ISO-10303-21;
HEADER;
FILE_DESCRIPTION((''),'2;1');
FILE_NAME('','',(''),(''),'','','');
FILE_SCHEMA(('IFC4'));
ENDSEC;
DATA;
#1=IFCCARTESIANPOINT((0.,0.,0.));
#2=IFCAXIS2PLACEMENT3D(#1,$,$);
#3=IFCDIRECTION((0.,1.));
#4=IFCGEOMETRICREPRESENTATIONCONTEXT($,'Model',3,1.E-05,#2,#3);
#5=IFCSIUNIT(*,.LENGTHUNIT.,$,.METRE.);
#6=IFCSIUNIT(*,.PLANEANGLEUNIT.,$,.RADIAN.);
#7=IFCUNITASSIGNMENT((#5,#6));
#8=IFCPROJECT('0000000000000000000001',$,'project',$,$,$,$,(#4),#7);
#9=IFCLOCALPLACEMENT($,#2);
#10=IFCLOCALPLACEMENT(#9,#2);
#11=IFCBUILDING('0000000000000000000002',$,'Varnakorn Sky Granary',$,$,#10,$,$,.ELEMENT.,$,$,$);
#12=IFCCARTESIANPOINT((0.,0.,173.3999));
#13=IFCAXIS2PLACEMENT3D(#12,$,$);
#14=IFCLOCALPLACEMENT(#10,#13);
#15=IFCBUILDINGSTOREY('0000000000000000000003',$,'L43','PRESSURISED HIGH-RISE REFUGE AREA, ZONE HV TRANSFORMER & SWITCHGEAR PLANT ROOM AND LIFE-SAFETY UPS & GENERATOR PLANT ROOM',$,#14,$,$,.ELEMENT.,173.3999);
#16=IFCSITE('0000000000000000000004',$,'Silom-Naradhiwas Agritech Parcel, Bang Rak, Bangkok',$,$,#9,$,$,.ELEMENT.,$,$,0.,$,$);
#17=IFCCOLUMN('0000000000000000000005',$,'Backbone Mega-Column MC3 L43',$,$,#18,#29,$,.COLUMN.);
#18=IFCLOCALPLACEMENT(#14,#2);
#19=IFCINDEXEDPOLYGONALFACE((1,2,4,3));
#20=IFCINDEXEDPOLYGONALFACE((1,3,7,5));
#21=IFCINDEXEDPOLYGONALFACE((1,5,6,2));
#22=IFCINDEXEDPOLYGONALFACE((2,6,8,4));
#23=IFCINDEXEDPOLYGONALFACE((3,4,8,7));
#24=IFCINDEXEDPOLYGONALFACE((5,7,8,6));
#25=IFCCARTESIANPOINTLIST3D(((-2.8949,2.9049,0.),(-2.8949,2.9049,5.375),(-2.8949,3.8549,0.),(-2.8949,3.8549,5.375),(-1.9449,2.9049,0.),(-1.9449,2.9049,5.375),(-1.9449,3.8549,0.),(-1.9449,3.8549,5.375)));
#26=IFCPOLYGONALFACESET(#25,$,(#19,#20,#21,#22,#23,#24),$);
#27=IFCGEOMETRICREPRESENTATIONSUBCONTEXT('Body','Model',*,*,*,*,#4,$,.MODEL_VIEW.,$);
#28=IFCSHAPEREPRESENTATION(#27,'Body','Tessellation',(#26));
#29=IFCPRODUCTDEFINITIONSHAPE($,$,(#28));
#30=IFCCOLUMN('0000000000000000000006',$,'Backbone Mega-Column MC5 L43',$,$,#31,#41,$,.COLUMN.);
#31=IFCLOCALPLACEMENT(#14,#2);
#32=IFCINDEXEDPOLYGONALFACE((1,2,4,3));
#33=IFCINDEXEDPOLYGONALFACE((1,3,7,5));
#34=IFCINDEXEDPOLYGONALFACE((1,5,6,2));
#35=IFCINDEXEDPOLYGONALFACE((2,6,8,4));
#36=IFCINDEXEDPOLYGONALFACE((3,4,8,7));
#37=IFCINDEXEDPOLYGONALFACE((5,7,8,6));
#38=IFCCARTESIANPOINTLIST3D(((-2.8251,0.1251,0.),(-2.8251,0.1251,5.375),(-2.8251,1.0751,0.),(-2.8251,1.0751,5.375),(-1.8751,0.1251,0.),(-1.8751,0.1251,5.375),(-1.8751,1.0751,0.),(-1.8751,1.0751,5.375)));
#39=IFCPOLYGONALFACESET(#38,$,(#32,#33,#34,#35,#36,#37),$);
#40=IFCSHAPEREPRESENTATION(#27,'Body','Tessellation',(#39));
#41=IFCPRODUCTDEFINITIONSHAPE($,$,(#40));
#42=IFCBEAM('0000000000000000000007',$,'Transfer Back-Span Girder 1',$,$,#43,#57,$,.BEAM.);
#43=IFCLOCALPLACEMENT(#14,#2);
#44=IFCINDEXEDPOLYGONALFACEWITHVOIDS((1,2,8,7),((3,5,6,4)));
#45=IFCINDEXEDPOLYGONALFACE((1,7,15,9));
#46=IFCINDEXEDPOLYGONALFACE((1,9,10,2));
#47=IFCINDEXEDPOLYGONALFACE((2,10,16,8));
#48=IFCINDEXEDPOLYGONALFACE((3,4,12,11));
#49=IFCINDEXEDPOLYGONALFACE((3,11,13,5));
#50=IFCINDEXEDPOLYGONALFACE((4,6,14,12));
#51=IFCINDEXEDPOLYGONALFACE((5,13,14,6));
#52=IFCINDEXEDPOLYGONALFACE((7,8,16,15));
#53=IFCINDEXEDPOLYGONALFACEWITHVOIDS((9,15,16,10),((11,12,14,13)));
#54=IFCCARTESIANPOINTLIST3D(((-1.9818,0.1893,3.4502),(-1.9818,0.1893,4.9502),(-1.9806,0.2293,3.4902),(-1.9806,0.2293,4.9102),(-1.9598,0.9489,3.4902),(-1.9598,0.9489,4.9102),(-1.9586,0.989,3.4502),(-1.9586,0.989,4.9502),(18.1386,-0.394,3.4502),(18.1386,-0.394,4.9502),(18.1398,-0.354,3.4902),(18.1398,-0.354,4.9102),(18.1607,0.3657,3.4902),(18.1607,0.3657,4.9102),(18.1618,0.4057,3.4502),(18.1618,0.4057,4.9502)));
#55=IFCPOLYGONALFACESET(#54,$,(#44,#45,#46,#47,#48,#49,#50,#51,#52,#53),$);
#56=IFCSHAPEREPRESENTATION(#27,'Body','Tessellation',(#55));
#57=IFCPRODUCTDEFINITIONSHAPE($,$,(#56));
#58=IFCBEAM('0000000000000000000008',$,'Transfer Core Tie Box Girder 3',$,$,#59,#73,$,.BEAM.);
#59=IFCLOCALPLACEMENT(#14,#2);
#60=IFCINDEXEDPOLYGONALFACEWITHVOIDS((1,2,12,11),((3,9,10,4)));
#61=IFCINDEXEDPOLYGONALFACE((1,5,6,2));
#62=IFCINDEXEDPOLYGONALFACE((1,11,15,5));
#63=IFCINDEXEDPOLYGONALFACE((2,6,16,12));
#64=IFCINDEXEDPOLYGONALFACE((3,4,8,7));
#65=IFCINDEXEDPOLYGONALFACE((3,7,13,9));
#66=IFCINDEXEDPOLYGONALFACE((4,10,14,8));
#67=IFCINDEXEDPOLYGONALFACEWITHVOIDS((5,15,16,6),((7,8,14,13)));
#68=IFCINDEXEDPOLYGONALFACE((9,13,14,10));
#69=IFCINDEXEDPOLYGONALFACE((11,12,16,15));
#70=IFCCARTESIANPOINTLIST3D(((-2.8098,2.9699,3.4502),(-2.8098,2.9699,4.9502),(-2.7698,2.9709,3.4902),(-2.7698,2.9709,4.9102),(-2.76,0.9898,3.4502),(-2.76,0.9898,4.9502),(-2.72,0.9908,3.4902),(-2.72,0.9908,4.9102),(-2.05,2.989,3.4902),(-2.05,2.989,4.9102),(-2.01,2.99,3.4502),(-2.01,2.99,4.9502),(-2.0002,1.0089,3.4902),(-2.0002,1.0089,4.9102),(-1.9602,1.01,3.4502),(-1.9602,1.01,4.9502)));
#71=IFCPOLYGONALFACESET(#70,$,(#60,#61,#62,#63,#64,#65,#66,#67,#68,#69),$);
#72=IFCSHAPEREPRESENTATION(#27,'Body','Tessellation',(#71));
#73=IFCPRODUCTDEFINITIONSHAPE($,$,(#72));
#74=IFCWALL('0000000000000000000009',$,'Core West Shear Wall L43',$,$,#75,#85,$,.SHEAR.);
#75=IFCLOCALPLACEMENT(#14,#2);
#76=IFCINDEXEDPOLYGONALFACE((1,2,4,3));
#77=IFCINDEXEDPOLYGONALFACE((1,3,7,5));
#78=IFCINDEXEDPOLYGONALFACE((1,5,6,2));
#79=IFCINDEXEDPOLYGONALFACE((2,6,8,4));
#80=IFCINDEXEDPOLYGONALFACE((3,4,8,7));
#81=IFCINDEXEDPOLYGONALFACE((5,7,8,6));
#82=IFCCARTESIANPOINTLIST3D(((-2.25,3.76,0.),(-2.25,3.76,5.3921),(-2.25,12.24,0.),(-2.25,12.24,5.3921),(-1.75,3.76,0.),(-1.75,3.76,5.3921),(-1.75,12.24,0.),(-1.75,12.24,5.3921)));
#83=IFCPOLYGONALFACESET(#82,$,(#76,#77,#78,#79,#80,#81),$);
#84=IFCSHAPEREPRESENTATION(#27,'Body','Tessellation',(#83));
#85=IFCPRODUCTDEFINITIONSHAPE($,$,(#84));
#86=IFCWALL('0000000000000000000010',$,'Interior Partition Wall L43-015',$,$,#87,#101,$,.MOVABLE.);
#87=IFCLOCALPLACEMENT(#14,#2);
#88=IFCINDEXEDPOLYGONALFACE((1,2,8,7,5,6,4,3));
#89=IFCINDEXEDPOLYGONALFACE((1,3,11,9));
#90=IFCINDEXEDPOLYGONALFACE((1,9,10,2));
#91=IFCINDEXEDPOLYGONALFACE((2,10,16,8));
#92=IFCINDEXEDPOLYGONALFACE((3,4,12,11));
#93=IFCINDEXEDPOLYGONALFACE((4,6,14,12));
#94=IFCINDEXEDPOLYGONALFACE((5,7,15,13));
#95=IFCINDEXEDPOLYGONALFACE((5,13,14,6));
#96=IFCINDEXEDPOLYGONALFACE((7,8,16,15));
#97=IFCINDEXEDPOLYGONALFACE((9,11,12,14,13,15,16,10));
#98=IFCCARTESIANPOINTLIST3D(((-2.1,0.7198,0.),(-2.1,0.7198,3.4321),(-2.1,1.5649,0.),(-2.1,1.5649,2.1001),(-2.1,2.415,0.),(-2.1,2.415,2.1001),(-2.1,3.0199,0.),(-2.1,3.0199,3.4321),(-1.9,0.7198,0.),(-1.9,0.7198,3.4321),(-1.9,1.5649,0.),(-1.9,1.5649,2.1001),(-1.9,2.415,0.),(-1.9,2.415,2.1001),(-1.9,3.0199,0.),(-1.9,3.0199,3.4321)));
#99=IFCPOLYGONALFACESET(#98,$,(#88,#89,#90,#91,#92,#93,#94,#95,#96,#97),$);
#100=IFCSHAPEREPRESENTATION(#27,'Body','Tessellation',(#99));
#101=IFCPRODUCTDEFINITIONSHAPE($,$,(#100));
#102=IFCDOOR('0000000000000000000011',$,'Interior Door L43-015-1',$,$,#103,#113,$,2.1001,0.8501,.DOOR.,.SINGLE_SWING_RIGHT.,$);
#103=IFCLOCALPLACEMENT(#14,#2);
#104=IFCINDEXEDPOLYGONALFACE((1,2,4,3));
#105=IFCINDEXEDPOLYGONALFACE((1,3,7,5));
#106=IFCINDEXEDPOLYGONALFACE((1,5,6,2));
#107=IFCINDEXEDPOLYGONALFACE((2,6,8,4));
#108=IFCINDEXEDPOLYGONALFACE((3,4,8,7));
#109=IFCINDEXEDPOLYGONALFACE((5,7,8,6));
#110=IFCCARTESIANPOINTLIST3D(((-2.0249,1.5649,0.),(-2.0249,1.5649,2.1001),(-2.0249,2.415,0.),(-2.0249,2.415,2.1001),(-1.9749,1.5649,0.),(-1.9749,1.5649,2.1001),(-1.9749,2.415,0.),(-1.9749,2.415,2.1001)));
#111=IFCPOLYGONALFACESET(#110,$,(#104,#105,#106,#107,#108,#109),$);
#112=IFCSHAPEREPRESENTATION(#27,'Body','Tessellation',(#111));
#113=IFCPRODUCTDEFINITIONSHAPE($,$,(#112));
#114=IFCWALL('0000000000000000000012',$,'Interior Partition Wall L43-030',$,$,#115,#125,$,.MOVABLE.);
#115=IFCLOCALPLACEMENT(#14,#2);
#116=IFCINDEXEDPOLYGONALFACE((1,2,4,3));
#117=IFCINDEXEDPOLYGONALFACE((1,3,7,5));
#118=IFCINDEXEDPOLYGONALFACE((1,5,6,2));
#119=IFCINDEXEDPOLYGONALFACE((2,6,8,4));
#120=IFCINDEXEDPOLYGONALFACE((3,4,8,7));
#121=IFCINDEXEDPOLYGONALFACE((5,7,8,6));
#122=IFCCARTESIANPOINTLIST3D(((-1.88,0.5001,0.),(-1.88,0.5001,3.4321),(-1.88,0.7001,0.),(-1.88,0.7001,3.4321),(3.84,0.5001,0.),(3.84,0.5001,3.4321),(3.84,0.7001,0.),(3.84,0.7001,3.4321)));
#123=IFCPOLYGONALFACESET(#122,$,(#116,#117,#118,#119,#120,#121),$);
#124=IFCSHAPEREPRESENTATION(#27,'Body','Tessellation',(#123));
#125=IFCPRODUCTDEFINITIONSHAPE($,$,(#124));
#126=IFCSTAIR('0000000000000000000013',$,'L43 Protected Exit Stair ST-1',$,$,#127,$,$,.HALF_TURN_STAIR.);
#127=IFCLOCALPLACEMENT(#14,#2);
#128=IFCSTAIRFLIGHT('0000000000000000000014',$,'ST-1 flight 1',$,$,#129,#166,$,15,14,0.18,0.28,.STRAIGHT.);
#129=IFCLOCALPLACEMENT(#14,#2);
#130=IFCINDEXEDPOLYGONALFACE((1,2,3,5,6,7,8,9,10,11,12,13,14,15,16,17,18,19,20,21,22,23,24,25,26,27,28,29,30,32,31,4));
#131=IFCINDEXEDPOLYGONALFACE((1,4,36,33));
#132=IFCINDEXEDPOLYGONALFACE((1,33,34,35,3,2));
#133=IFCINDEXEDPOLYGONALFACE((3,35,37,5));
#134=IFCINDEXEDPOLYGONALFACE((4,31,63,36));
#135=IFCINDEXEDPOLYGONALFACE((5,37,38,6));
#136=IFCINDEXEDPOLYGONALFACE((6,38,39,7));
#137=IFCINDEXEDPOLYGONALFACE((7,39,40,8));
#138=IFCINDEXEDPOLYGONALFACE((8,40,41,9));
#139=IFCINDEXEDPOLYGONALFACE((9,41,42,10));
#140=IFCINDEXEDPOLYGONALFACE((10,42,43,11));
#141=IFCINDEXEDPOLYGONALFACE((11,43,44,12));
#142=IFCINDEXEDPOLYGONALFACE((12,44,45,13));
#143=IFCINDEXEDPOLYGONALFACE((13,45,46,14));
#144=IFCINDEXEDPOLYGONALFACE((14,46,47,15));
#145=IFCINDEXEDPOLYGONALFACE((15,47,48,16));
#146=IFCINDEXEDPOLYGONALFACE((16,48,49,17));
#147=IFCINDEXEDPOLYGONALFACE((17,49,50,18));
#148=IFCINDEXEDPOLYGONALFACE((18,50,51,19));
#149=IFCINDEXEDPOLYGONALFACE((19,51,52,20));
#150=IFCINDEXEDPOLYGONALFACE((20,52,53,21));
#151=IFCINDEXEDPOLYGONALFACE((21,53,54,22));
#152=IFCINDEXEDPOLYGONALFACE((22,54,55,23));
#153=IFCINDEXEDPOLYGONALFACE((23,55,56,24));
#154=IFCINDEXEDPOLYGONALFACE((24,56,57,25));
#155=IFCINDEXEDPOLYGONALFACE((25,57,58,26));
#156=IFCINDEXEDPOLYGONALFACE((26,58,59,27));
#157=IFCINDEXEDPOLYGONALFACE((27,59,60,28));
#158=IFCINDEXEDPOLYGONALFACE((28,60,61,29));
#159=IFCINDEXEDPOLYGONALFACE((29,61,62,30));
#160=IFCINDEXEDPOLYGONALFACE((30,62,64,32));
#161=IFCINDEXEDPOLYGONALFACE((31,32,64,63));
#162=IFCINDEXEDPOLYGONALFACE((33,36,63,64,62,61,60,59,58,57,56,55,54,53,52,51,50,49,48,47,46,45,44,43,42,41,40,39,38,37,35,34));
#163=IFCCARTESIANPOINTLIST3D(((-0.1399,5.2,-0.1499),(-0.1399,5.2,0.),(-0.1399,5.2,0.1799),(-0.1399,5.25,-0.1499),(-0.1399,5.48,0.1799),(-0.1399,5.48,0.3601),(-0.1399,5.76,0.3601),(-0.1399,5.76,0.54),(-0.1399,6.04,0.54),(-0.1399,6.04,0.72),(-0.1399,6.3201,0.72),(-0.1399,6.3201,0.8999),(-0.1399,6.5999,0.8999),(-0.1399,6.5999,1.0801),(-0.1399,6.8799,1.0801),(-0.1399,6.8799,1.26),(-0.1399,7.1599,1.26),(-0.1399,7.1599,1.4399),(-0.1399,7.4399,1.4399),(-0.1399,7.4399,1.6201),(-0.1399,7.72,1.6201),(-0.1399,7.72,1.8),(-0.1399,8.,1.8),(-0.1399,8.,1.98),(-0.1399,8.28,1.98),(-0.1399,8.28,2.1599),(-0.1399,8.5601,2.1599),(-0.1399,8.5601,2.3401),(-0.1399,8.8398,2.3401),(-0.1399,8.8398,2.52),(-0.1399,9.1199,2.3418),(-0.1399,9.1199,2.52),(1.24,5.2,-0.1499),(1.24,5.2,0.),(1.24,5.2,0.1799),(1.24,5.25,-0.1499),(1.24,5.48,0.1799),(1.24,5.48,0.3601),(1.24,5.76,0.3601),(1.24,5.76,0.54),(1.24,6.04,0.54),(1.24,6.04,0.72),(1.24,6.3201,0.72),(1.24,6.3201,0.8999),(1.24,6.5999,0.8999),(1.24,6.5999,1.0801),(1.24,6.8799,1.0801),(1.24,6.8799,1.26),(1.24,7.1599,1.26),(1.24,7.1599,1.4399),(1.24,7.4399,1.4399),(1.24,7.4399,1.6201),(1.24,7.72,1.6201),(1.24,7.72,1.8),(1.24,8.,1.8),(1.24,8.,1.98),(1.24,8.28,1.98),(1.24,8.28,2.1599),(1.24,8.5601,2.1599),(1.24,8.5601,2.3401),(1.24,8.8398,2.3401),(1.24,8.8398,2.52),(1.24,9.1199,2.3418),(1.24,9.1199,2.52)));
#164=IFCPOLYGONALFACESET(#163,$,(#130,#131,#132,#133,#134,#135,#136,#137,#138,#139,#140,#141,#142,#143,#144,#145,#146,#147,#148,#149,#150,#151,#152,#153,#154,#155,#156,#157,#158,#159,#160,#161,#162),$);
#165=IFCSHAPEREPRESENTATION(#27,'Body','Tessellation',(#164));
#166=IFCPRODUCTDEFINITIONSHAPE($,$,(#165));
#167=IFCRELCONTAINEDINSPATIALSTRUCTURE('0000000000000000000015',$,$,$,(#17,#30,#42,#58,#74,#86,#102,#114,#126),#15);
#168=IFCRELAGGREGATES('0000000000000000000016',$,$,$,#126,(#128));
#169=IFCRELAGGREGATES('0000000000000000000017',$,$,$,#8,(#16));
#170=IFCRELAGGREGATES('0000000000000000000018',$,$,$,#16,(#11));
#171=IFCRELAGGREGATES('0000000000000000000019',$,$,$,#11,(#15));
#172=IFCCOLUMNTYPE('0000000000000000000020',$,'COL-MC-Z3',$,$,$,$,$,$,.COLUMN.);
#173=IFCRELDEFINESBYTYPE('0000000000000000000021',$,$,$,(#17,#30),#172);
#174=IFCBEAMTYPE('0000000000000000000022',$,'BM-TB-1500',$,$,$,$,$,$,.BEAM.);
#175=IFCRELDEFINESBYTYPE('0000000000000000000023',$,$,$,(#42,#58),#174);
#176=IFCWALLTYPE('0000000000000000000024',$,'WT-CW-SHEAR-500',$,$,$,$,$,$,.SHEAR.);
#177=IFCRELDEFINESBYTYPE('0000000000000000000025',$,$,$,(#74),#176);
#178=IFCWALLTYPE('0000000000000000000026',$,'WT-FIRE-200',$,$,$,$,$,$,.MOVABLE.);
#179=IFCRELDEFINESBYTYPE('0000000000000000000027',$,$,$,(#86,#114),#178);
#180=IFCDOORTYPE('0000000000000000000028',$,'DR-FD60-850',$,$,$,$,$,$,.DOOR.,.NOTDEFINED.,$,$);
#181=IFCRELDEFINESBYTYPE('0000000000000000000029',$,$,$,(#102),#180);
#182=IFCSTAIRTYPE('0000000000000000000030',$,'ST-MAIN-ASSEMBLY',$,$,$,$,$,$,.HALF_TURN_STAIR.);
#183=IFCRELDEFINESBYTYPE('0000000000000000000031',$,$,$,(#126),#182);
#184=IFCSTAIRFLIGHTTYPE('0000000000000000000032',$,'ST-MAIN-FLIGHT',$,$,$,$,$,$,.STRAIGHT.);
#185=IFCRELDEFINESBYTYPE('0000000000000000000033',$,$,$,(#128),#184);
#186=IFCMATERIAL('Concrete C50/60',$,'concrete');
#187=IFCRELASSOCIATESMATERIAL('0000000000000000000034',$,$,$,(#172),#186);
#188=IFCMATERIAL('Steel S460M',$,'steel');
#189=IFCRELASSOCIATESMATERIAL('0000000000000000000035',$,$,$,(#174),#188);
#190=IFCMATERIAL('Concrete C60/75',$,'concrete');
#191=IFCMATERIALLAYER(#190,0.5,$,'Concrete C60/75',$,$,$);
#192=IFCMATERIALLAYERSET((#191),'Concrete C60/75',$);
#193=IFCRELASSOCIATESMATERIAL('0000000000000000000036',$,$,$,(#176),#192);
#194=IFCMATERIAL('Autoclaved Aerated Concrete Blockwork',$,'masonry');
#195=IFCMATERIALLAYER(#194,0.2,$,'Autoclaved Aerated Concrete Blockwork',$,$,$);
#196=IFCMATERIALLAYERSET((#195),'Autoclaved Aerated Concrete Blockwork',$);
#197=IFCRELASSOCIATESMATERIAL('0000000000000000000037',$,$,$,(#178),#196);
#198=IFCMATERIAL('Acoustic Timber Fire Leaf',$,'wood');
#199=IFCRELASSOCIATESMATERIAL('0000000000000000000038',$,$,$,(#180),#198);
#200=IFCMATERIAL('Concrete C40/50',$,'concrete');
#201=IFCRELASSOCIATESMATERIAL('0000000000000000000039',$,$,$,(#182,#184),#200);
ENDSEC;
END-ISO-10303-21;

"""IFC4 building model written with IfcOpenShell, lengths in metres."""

from ifc_helpers import new_model, si_unit, direction, frame, frame_2d, origin, origin_2d, place, context, subcontext, project, spatial, polyline, rectangle, hollow_rectangle, outline, extrude, material, layer, layer_set, material_profile, profile_set, type_object, element, fill, aggregate, save


model = new_model("IFC4")

# Units and contexts
model_context = context("Model", 3, precision=1e-05, world=origin(), true_north=direction((0.0, 1.0)))
body_context = subcontext(model_context, "Body", "Model", "MODEL_VIEW")
ifc_project = project(units=[si_unit("LENGTHUNIT", "METRE"), si_unit("PLANEANGLEUNIT", "RADIAN")], contexts=[model_context])

# Site, building, storey
site_placement = place(None, origin())
site = spatial("IfcSite", under=ifc_project, at=site_placement, Name="Silom-Naradhiwas Agritech Parcel, Bang Rak, Bangkok", CompositionType="ELEMENT", RefElevation=0.0)
building_placement = place(site_placement, origin())
building = spatial("IfcBuilding", under=site, at=building_placement, Name="Varnakorn Sky Granary", CompositionType="ELEMENT")
storey_placement = place(building_placement, frame((0.0, 0.0, 173.3999)))
storey = spatial("IfcBuildingStorey", under=building, at=storey_placement, Name="L43", Description="PRESSURISED HIGH-RISE REFUGE AREA, ZONE HV TRANSFORMER & SWITCHGEAR PLANT ROOM AND LIFE-SAFETY UPS & GENERATOR PLANT ROOM", CompositionType="ELEMENT", Elevation=173.3999)

# Columns
ifc_material_1 = material(Name="Concrete C50/60", Category="concrete")
ifc_material_profile_1 = material_profile(ifc_material_1, rectangle(XDim=0.95, YDim=0.95, at=origin_2d()), Name="RC 950x950")
ifc_profile_set_1 = profile_set([ifc_material_profile_1], Name="Concrete C50/60")
column_type = type_object("IfcColumnType", Name="COL-MC-Z3", PredefinedType="COLUMN", material=ifc_profile_set_1)
for number, where, z_axis, x_axis, name in (
    (1, (-2.4199, 3.3799, 0.0), (0.0, 0.0, 1.0), (1.0, 0.0, 0.0), "Backbone Mega-Column MC3 L43"),
    (2, (-2.3501, 0.6001, 0.0), (0.0, 0.0, 1.0), (1.0, 0.0, 0.0), "Backbone Mega-Column MC5 L43"),
):
    element("IfcColumn", number, at=place(storey_placement, frame(where, z_axis=z_axis, x_axis=x_axis)), inside=storey, type_object=column_type, Name=name, PredefinedType="COLUMN", context=body_context, shape_type="SweptSolid", body=[
        extrude(rectangle(XDim=0.95, YDim=0.95, at=origin_2d()), origin(), (0.0, 0.0, 1.0), 5.375),
    ])

# Beams
ifc_material_2 = material(Name="Steel S460M", Category="steel")
ifc_material_profile_2 = material_profile(ifc_material_2, hollow_rectangle(XDim=0.8, YDim=1.5, WallThickness=0.04, at=origin_2d()), Name="BOX 800x1500x40")
ifc_profile_set_2 = profile_set([ifc_material_profile_2], Name="Steel S460M")
beam_type = type_object("IfcBeamType", Name="BM-TB-1500", PredefinedType="BEAM", material=ifc_profile_set_2)
beam_1_placement = place(storey_placement, frame((-1.9702, 0.5891, 4.2002), z_axis=(0.99958, -0.028976, 0.0), x_axis=(0.028976, 0.99958, 0.0)))
element("IfcBeam", 3, at=beam_1_placement, inside=storey, type_object=beam_type, Name="Transfer Back-Span Girder 1", PredefinedType="BEAM", context=body_context, shape_type="SweptSolid", body=[
    extrude(hollow_rectangle(XDim=0.8, YDim=1.5, WallThickness=0.04, at=origin_2d()), origin(), (0.0, 0.0, 1.0), 20.1289),
])
beam_2_placement = place(storey_placement, frame((-2.4099, 2.98, 4.2002), z_axis=(0.025146, -0.999684, 0.0), x_axis=(0.999684, 0.025146, 0.0)))
element("IfcBeam", 4, at=beam_2_placement, inside=storey, type_object=beam_type, Name="Transfer Core Tie Box Girder 3", PredefinedType="BEAM", context=body_context, shape_type="SweptSolid", body=[
    extrude(hollow_rectangle(XDim=0.8, YDim=1.5, WallThickness=0.04, at=origin_2d()), origin(), (0.0, 0.0, 1.0), 1.9807),
])

# Shared definitions
ifc_material_3 = material(Name="Concrete C60/75", Category="concrete")
ifc_layer_1 = layer(ifc_material_3, 0.5, Name="Concrete C60/75")
ifc_layer_set_1 = layer_set([ifc_layer_1], Name="Concrete C60/75")
wall_type_1 = type_object("IfcWallType", Name="WT-CW-SHEAR-500", PredefinedType="SHEAR", material=ifc_layer_set_1)

# Wall
wall_1_placement = place(storey_placement, frame((-2.0, 3.76, 0.0), z_axis=(0.0, 0.0, 1.0), x_axis=(0.0, 1.0, 0.0)))
element("IfcWall", 5, at=wall_1_placement, inside=storey, type_object=wall_type_1, Name="Core West Shear Wall L43", PredefinedType="SHEAR", context=body_context, shape_type="SweptSolid", body=[
    extrude(rectangle(XDim=8.48, YDim=0.5, at=frame_2d((4.24, 0.0))), origin(), (0.0, 0.0, 1.0), 5.3921),
])

# Wall, opening, door
ifc_material_4 = material(Name="Autoclaved Aerated Concrete Blockwork", Category="masonry")
ifc_layer_2 = layer(ifc_material_4, 0.2, Name="Autoclaved Aerated Concrete Blockwork")
ifc_layer_set_2 = layer_set([ifc_layer_2], Name="Autoclaved Aerated Concrete Blockwork")
wall_type_2 = type_object("IfcWallType", Name="WT-FIRE-200", PredefinedType="MOVABLE", material=ifc_layer_set_2)
wall_2_placement = place(storey_placement, frame((-2.0, 0.72, 0.0), z_axis=(0.0, 0.0, 1.0), x_axis=(0.0, 1.0, 0.0)))
wall_2 = element("IfcWall", 6, at=wall_2_placement, inside=storey, type_object=wall_type_2, Name="Interior Partition Wall L43-015", PredefinedType="MOVABLE", context=body_context, shape_type="SweptSolid", body=[
    extrude(rectangle(XDim=2.3, YDim=0.2, at=frame_2d((1.1499, 0.0))), origin(), (0.0, 0.0, 1.0), 3.4321),
])
opening_1_placement = place(wall_2_placement, frame((0.845, 0.0, 0.0)))
opening_1 = element("IfcOpeningElement", 7, at=opening_1_placement, cuts=wall_2, PredefinedType="OPENING", context=body_context, shape_type="SweptSolid", body=[
    extrude(rectangle(XDim=0.8501, YDim=2.1001, at=frame_2d((0.425, 1.05))), frame((0.0, 0.1099, 0.0), z_axis=(0.0, -1.0, 0.0), x_axis=(1.0, 0.0, 0.0)), (0.0, 0.0, 1.0), 0.22),
])
ifc_material_5 = material(Name="Acoustic Timber Fire Leaf", Category="wood")
door_type_1 = type_object("IfcDoorType", Name="DR-FD60-850", OperationType="NOTDEFINED", PredefinedType="DOOR", material=ifc_material_5)
door_1_placement = place(opening_1_placement, origin())
door_1 = element("IfcDoor", 8, at=door_1_placement, inside=storey, type_object=door_type_1, Name="Interior Door L43-015-1", OperationType="SINGLE_SWING_RIGHT", OverallHeight=2.1001, OverallWidth=0.8501, PredefinedType="DOOR", context=body_context, shape_type="SweptSolid", body=[
    extrude(rectangle(XDim=0.8501, YDim=2.1001, at=frame_2d((0.425, 1.05))), frame((0.0, 0.0249, 0.0), z_axis=(0.0, -1.0, 0.0), x_axis=(1.0, 0.0, 0.0)), (0.0, 0.0, 1.0), 0.05),
])
fill(opening_1, door_1)

# Wall
wall_3_placement = place(storey_placement, frame((-1.8799, 0.6001, 0.0), z_axis=(0.0, 0.0, 1.0), x_axis=(1.0, 0.0, 0.0)))
element("IfcWall", 9, at=wall_3_placement, inside=storey, type_object=wall_type_2, Name="Interior Partition Wall L43-030", PredefinedType="MOVABLE", context=body_context, shape_type="SweptSolid", body=[
    extrude(rectangle(XDim=5.72, YDim=0.2, at=frame_2d((2.8599, 0.0))), origin(), (0.0, 0.0, 1.0), 3.4321),
])

# Stair, stair flight
ifc_material_6 = material(Name="Concrete C40/50", Category="concrete")
stair_type = type_object("IfcStairType", Name="ST-MAIN-ASSEMBLY", PredefinedType="HALF_TURN_STAIR", material=ifc_material_6)
stair_placement = place(storey_placement, origin())
stair = element("IfcStair", 10, at=stair_placement, inside=storey, type_object=stair_type, Name="L43 Protected Exit Stair ST-1", PredefinedType="HALF_TURN_STAIR")
stair_flight_type = type_object("IfcStairFlightType", Name="ST-MAIN-FLIGHT", PredefinedType="STRAIGHT", material=ifc_material_6)
stair_flight_1_placement = place(storey_placement, frame((0.55, 5.2, 0.0), z_axis=(0.0, 0.0, 1.0), x_axis=(0.0, 1.0, 0.0)))
stair_flight_1 = element("IfcStairFlight", 11, at=stair_flight_1_placement, type_object=stair_flight_type, Name="ST-1 flight 1", NumberOfRisers=15, NumberOfTreads=14, PredefinedType="STRAIGHT", RiserHeight=0.18, TreadLength=0.28, context=body_context, shape_type="SweptSolid", body=[
    extrude(outline(polyline([(0.0, -0.1499), (0.0, 0.0), (0.0, 0.1799), (0.28, 0.1799), (0.28, 0.3601), (0.5601, 0.3601), (0.5601, 0.54), (0.8401, 0.54), (0.8401, 0.72), (1.1201, 0.72), (1.1201, 0.8999), (1.3999, 0.8999), (1.3999, 1.0801), (1.6799, 1.0801), (1.6799, 1.26), (1.96, 1.26), (1.96, 1.4399), (2.24, 1.4399), (2.24, 1.6201), (2.52, 1.6201), (2.52, 1.8), (2.8, 1.8), (2.8, 1.98), (3.0801, 1.98), (3.0801, 2.1599), (3.3601, 2.1599), (3.3601, 2.3401), (3.6399, 2.3401), (3.6399, 2.52), (3.9199, 2.52), (3.9199, 2.7), (3.9199, 2.3418), (0.05, -0.1499), (0.0, -0.1499)])), frame((0.0, 0.6899, 0.0), z_axis=(0.0, -1.0, 0.0), x_axis=(1.0, 0.0, 0.0)), (0.0, 0.0, 1.0), 1.3799),
])
aggregate(stair, [stair_flight_1])

save(model, "model.ifc")
